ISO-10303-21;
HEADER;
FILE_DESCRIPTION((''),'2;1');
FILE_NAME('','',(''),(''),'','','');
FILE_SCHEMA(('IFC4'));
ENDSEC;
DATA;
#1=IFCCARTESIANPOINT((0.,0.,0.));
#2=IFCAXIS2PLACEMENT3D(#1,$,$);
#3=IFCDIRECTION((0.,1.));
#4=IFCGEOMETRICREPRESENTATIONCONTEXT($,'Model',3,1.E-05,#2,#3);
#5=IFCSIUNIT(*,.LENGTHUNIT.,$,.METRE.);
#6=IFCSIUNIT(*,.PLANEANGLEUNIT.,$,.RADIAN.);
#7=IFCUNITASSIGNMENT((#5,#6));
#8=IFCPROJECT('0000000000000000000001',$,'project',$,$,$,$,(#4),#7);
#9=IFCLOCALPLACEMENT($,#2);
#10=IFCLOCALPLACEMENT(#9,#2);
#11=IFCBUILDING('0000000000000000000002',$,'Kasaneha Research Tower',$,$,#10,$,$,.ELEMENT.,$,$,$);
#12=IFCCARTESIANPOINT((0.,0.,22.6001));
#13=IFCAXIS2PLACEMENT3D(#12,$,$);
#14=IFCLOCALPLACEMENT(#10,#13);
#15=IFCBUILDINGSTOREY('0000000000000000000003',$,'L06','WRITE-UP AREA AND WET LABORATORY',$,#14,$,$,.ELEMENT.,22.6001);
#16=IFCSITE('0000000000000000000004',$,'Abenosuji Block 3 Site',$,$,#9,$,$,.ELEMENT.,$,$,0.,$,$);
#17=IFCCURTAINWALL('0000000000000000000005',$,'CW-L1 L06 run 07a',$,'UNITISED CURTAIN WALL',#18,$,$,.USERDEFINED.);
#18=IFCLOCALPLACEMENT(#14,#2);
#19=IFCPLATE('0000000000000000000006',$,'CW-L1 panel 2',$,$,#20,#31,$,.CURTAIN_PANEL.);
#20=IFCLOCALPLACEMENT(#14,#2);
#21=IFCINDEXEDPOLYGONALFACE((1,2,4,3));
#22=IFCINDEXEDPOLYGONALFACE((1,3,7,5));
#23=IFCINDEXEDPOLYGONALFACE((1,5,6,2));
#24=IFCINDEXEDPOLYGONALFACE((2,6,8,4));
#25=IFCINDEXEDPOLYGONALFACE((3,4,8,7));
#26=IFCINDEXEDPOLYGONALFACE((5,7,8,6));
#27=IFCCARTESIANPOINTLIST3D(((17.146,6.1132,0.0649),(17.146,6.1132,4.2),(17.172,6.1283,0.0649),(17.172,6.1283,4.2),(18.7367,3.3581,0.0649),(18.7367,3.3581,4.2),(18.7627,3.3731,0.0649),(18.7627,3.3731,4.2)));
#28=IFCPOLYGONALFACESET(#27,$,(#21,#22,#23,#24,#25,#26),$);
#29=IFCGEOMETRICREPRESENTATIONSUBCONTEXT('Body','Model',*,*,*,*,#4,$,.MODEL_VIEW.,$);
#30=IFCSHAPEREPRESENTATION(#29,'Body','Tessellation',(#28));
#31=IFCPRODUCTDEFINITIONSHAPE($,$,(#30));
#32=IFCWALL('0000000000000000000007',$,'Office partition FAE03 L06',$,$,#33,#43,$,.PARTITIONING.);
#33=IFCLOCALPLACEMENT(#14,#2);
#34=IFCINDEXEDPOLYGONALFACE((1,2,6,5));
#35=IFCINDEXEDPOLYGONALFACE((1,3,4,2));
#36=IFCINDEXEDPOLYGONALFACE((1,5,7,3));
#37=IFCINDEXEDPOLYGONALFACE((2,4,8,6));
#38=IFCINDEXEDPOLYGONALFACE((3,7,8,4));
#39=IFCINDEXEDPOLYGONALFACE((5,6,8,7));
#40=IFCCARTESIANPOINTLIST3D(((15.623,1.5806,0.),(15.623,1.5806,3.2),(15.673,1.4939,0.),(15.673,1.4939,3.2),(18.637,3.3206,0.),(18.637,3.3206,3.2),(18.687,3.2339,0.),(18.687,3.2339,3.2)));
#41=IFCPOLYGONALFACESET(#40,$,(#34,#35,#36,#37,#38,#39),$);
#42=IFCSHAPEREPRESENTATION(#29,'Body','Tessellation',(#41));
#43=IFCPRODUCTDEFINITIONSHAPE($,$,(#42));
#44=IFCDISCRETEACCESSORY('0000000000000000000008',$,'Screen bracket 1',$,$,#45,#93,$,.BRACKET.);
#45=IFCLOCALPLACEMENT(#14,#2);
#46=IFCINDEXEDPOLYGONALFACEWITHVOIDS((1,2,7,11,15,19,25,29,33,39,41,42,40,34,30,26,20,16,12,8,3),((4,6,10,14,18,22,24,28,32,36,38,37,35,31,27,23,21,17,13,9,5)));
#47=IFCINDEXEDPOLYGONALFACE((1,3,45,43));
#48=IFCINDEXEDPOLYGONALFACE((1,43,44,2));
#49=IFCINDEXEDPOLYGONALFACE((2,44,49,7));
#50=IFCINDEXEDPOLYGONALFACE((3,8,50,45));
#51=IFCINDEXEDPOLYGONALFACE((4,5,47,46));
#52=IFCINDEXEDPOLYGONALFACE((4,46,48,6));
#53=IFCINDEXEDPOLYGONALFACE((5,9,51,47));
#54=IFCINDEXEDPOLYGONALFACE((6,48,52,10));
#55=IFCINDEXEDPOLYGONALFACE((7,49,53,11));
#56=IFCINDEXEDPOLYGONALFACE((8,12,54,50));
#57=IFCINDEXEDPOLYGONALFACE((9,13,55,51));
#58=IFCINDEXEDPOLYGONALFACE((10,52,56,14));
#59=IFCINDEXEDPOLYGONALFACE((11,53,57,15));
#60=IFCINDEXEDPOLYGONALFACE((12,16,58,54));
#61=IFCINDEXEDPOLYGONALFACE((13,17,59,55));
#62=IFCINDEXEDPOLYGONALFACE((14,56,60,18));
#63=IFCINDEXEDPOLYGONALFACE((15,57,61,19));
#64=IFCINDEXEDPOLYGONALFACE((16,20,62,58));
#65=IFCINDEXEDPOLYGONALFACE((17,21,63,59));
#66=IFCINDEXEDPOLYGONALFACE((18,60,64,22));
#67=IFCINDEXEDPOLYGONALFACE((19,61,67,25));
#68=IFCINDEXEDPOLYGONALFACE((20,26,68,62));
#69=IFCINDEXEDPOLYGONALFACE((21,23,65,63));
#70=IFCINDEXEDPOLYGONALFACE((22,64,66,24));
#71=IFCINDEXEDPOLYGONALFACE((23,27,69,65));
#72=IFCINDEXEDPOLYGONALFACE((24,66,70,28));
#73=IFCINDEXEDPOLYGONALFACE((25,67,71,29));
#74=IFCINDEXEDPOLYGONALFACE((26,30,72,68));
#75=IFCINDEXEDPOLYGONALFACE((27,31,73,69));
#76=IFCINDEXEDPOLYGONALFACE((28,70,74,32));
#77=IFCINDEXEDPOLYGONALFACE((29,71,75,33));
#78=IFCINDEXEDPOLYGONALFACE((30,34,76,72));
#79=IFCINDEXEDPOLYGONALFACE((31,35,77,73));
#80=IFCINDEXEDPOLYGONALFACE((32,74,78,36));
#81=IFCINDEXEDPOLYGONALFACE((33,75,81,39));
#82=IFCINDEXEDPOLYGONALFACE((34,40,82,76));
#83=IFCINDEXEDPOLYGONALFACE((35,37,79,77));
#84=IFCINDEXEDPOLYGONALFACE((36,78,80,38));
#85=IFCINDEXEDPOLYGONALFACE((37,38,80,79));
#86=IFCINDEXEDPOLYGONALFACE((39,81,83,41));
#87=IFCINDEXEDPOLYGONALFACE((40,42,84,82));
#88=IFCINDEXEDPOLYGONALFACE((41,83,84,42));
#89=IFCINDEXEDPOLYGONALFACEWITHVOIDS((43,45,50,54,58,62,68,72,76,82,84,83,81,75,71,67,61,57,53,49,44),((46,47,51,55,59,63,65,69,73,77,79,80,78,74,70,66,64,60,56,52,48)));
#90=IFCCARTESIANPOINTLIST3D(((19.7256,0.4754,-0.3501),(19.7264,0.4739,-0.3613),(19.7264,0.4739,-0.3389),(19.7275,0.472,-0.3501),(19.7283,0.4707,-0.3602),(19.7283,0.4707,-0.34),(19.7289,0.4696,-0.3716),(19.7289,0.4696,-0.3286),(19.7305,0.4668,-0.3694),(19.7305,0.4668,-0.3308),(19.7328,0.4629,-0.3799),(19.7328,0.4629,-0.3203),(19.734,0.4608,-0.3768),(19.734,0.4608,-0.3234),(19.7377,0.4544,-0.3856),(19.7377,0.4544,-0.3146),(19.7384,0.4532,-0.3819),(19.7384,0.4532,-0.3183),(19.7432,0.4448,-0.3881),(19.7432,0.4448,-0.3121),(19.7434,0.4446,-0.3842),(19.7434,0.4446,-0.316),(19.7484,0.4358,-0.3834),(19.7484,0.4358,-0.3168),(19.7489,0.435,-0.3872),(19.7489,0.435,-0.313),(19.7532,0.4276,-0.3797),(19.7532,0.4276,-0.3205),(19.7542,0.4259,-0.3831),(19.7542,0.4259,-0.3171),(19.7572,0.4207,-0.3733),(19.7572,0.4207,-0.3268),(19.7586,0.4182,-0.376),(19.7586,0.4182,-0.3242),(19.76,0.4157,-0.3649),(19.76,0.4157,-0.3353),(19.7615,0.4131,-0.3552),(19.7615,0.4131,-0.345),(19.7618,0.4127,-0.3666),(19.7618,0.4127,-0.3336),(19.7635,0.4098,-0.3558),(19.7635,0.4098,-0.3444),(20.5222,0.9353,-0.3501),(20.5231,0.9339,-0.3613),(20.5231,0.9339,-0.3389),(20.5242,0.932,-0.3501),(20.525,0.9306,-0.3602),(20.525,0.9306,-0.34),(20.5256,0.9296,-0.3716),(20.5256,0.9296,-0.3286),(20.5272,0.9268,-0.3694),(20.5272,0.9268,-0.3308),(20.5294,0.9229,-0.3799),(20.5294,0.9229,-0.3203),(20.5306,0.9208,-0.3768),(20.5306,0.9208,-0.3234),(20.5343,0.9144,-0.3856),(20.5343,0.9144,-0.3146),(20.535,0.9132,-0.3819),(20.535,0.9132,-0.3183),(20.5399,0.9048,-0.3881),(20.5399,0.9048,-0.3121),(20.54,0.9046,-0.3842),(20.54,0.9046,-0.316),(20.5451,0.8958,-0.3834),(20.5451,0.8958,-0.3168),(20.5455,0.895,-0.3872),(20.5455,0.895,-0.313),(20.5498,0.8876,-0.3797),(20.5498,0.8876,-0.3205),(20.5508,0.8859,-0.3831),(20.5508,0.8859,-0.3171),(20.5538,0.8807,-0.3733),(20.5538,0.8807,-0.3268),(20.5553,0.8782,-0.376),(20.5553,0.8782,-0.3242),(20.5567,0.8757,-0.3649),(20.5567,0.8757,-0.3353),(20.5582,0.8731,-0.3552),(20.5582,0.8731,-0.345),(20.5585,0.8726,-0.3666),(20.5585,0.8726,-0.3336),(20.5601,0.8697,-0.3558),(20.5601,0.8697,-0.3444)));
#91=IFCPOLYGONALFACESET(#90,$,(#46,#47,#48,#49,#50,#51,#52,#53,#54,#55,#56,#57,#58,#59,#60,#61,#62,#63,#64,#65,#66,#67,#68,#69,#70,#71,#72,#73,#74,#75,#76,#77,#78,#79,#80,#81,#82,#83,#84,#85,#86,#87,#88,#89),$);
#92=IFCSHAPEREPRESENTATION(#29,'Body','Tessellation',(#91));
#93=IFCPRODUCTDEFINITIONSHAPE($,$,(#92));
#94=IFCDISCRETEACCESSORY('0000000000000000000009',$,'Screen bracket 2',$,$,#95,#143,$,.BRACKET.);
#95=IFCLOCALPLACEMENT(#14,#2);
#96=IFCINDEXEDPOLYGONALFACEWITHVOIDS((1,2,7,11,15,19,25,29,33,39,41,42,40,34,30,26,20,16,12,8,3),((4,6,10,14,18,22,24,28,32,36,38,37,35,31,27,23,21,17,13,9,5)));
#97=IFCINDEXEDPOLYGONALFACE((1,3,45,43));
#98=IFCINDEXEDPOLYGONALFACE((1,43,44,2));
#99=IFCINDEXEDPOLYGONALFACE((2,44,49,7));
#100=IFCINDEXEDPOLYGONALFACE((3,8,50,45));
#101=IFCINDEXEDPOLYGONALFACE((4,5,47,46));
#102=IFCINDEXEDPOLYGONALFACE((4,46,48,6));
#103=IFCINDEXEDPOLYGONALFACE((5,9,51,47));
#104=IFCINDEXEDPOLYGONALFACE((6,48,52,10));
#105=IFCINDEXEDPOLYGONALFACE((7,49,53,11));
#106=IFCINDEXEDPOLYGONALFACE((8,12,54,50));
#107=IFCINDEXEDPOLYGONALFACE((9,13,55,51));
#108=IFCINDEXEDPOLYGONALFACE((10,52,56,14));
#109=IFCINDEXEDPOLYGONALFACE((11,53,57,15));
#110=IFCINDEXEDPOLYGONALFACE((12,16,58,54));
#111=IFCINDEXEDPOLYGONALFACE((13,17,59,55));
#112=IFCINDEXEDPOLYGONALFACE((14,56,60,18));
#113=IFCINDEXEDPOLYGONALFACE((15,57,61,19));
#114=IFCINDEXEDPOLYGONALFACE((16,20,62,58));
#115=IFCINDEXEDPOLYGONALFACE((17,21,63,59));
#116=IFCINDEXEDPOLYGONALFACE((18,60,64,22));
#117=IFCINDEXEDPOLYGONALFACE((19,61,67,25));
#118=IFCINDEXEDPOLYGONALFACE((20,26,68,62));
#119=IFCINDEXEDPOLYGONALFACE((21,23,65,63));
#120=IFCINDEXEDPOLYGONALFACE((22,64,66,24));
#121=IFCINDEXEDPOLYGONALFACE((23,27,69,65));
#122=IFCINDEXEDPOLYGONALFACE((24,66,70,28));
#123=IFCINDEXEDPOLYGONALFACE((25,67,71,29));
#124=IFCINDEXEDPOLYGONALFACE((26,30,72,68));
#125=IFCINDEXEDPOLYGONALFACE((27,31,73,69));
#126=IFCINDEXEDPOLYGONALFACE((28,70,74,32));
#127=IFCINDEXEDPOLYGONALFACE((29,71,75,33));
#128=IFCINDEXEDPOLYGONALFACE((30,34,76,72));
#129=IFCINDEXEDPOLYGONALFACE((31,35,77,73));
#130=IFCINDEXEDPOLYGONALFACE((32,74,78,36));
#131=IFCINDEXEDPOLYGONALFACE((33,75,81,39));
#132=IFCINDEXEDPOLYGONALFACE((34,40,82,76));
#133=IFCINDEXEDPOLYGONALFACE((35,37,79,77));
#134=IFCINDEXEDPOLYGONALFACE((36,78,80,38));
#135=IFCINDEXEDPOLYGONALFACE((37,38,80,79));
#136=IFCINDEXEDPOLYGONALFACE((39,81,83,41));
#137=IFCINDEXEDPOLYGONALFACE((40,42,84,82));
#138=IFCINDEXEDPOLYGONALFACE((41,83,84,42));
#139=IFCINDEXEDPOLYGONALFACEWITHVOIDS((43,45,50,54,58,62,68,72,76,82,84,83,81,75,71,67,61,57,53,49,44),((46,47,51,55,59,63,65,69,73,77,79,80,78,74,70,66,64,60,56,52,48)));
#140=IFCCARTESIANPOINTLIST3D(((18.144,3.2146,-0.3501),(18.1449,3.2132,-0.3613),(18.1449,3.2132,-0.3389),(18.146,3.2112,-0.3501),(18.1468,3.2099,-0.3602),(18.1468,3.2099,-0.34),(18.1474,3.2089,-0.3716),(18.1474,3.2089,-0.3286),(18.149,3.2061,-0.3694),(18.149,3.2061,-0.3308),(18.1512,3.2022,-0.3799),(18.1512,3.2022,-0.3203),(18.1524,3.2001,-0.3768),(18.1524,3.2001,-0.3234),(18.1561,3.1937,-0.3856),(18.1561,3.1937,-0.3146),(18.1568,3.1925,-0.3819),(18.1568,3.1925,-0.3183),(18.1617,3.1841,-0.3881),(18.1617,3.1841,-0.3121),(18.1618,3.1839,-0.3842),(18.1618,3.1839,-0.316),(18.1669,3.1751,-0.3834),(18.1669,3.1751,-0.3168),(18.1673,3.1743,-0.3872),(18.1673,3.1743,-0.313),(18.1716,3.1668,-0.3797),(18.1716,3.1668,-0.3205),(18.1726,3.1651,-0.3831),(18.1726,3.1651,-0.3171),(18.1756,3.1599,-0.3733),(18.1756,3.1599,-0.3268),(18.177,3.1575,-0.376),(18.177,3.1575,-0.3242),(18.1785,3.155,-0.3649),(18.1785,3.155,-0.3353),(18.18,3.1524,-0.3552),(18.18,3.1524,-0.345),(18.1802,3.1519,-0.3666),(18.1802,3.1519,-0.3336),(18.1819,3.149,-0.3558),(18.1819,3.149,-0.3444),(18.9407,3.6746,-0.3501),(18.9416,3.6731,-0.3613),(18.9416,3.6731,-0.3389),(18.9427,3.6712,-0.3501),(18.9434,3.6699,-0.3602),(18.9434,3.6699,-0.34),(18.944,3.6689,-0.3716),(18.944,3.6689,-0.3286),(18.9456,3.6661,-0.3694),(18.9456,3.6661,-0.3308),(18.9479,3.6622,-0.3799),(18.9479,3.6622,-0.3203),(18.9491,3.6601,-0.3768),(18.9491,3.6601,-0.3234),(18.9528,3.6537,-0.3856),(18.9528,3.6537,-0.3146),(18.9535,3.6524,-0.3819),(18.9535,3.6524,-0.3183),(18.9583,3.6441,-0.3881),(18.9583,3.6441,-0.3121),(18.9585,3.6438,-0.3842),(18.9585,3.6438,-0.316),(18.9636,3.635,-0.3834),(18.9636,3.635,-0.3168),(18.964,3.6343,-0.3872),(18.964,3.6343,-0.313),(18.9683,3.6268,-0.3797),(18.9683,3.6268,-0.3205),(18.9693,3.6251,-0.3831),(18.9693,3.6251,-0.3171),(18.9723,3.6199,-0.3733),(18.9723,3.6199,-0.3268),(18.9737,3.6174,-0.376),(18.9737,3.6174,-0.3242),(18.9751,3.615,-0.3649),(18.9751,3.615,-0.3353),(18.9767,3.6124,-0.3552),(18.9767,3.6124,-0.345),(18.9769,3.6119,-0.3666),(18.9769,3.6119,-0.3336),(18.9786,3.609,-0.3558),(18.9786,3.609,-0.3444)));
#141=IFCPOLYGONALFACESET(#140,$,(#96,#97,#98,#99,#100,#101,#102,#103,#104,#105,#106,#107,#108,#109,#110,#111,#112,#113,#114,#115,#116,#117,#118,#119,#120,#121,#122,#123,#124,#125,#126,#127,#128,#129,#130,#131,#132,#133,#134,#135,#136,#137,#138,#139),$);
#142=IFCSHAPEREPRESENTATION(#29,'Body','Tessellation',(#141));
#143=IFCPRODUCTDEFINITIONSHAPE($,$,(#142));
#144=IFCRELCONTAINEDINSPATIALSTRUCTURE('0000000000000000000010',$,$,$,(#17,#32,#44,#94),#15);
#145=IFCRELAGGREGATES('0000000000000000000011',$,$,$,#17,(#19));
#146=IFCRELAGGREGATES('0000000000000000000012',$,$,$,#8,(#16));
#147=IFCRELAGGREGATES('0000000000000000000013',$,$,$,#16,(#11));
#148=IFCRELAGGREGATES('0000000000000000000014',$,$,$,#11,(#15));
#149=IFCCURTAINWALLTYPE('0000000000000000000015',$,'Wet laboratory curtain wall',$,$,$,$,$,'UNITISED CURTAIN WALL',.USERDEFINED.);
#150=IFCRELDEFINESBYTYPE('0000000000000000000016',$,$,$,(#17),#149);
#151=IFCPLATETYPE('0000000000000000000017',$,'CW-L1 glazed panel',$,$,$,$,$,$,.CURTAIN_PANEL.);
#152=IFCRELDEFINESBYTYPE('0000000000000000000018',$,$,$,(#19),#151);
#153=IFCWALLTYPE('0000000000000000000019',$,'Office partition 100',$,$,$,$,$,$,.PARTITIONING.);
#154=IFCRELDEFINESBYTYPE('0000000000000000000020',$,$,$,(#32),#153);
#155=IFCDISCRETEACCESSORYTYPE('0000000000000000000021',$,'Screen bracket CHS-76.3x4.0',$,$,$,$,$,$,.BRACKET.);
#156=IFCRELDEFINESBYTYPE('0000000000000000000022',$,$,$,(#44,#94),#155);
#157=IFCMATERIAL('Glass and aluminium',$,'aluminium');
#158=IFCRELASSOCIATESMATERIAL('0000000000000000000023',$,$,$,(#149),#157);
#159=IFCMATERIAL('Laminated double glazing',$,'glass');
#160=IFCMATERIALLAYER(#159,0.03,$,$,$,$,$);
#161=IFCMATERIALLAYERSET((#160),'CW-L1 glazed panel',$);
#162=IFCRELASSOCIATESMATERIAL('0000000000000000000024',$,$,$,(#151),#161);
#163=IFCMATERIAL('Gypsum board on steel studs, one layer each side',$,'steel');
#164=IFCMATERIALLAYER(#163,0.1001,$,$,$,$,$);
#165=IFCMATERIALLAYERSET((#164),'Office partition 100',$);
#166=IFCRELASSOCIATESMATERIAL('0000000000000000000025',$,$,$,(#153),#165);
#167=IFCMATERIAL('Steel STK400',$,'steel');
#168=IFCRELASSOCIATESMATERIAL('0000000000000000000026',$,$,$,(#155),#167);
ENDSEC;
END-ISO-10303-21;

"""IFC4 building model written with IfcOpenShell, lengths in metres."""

from ifc_helpers import new_model, si_unit, direction, frame, frame_2d, origin, origin_2d, place, context, subcontext, project, spatial, rectangle, hollow_circle, extrude, material, layer, layer_set, material_profile, profile_set, type_object, element, aggregate, save


model = new_model("IFC4")

# Units and contexts
model_context = context("Model", 3, precision=1e-05, world=origin(), true_north=direction((0.0, 1.0)))
body_context = subcontext(model_context, "Body", "Model", "MODEL_VIEW")
ifc_project = project(units=[si_unit("LENGTHUNIT", "METRE"), si_unit("PLANEANGLEUNIT", "RADIAN")], contexts=[model_context])

# Site, building, storey
site_placement = place(None, origin())
site = spatial("IfcSite", under=ifc_project, at=site_placement, Name="Abenosuji Block 3 Site", CompositionType="ELEMENT", RefElevation=0.0)
building_placement = place(site_placement, origin())
building = spatial("IfcBuilding", under=site, at=building_placement, Name="Kasaneha Research Tower", CompositionType="ELEMENT")
storey_placement = place(building_placement, frame((0.0, 0.0, 22.6001)))
storey = spatial("IfcBuildingStorey", under=building, at=storey_placement, Name="L06", Description="WRITE-UP AREA AND WET LABORATORY", CompositionType="ELEMENT", Elevation=22.6001)

# Shared definitions
ifc_material_1 = material(Name="Glass and aluminium", Category="aluminium")
curtain_wall_type = type_object("IfcCurtainWallType", Name="Wet laboratory curtain wall", ElementType="UNITISED CURTAIN WALL", PredefinedType="USERDEFINED", material=ifc_material_1)

# Curtain wall
curtain_wall_1_placement = place(storey_placement, origin())
curtain_wall_1 = element("IfcCurtainWall", 1, at=curtain_wall_1_placement, inside=storey, type_object=curtain_wall_type, Name="CW-L1 L06 run 07a", ObjectType="UNITISED CURTAIN WALL", PredefinedType="USERDEFINED")

# Plate
ifc_material_2 = material(Name="Laminated double glazing", Category="glass")
ifc_layer_1 = layer(ifc_material_2, 0.03)
ifc_layer_set_1 = layer_set([ifc_layer_1], Name="CW-L1 glazed panel")
plate_type = type_object("IfcPlateType", Name="CW-L1 glazed panel", PredefinedType="CURTAIN_PANEL", material=ifc_layer_set_1)
plate_1_placement = place(storey_placement, frame((17.9543, 4.7432, 0.0649), z_axis=(0.0, 0.0, 1.0), x_axis=(-0.5, 0.866025, 0.0)))
plate_1 = element("IfcPlate", 2, at=plate_1_placement, type_object=plate_type, Name="CW-L1 panel 2", PredefinedType="CURTAIN_PANEL", context=body_context, shape_type="SweptSolid", body=[
    extrude(rectangle(XDim=3.1814, YDim=0.03, at=origin_2d()), origin(), (0.0, 0.0, 1.0), 4.135),
])
aggregate(curtain_wall_1, [plate_1])

# Wall
ifc_material_3 = material(Name="Gypsum board on steel studs, one layer each side", Category="steel")
ifc_layer_2 = layer(ifc_material_3, 0.1001)
ifc_layer_set_2 = layer_set([ifc_layer_2], Name="Office partition 100")
wall_type = type_object("IfcWallType", Name="Office partition 100", PredefinedType="PARTITIONING", material=ifc_layer_set_2)
wall_placement = place(storey_placement, frame((18.6621, 3.2773, 0.0), z_axis=(0.0, 0.0, 1.0), x_axis=(-0.866037, -0.49998, 0.0)))
element("IfcWall", 3, at=wall_placement, inside=storey, type_object=wall_type, Name="Office partition FAE03 L06", PredefinedType="PARTITIONING", context=body_context, shape_type="SweptSolid", body=[
    extrude(rectangle(XDim=3.4802, YDim=0.1001, at=frame_2d((1.7402, 0.0))), origin(), (0.0, 0.0, 1.0), 3.2),
])

# Discrete accessories
ifc_material_4 = material(Name="Steel STK400", Category="steel")
ifc_material_profile_1 = material_profile(ifc_material_4, hollow_circle(Radius=0.0381, WallThickness=0.0039, at=origin_2d()), Name="CHS-76.3x4.0")
ifc_profile_set_1 = profile_set([ifc_material_profile_1], Name="Steel STK400")
discrete_accessory_type = type_object("IfcDiscreteAccessoryType", Name="Screen bracket CHS-76.3x4.0", PredefinedType="BRACKET", material=ifc_profile_set_1)
for number, where, z_axis, x_axis, name in (
    (4, (19.7446, 0.4424, -0.3501), (0.866013, 0.500021, 0.0), (-0.500021, 0.866013, 0.0), "Screen bracket 1"),
    (5, (18.1631, 3.1816, -0.3501), (0.866013, 0.500021, 0.0), (-0.500021, 0.866013, 0.0), "Screen bracket 2"),
):
    element("IfcDiscreteAccessory", number, at=place(storey_placement, frame(where, z_axis=z_axis, x_axis=x_axis)), inside=storey, type_object=discrete_accessory_type, Name=name, PredefinedType="BRACKET", context=body_context, shape_type="SweptSolid", body=[
        extrude(hollow_circle(Radius=0.0381, WallThickness=0.0039, at=origin_2d()), origin(), (0.0, 0.0, 1.0), 0.9199),
    ])

save(model, "model.ifc")
